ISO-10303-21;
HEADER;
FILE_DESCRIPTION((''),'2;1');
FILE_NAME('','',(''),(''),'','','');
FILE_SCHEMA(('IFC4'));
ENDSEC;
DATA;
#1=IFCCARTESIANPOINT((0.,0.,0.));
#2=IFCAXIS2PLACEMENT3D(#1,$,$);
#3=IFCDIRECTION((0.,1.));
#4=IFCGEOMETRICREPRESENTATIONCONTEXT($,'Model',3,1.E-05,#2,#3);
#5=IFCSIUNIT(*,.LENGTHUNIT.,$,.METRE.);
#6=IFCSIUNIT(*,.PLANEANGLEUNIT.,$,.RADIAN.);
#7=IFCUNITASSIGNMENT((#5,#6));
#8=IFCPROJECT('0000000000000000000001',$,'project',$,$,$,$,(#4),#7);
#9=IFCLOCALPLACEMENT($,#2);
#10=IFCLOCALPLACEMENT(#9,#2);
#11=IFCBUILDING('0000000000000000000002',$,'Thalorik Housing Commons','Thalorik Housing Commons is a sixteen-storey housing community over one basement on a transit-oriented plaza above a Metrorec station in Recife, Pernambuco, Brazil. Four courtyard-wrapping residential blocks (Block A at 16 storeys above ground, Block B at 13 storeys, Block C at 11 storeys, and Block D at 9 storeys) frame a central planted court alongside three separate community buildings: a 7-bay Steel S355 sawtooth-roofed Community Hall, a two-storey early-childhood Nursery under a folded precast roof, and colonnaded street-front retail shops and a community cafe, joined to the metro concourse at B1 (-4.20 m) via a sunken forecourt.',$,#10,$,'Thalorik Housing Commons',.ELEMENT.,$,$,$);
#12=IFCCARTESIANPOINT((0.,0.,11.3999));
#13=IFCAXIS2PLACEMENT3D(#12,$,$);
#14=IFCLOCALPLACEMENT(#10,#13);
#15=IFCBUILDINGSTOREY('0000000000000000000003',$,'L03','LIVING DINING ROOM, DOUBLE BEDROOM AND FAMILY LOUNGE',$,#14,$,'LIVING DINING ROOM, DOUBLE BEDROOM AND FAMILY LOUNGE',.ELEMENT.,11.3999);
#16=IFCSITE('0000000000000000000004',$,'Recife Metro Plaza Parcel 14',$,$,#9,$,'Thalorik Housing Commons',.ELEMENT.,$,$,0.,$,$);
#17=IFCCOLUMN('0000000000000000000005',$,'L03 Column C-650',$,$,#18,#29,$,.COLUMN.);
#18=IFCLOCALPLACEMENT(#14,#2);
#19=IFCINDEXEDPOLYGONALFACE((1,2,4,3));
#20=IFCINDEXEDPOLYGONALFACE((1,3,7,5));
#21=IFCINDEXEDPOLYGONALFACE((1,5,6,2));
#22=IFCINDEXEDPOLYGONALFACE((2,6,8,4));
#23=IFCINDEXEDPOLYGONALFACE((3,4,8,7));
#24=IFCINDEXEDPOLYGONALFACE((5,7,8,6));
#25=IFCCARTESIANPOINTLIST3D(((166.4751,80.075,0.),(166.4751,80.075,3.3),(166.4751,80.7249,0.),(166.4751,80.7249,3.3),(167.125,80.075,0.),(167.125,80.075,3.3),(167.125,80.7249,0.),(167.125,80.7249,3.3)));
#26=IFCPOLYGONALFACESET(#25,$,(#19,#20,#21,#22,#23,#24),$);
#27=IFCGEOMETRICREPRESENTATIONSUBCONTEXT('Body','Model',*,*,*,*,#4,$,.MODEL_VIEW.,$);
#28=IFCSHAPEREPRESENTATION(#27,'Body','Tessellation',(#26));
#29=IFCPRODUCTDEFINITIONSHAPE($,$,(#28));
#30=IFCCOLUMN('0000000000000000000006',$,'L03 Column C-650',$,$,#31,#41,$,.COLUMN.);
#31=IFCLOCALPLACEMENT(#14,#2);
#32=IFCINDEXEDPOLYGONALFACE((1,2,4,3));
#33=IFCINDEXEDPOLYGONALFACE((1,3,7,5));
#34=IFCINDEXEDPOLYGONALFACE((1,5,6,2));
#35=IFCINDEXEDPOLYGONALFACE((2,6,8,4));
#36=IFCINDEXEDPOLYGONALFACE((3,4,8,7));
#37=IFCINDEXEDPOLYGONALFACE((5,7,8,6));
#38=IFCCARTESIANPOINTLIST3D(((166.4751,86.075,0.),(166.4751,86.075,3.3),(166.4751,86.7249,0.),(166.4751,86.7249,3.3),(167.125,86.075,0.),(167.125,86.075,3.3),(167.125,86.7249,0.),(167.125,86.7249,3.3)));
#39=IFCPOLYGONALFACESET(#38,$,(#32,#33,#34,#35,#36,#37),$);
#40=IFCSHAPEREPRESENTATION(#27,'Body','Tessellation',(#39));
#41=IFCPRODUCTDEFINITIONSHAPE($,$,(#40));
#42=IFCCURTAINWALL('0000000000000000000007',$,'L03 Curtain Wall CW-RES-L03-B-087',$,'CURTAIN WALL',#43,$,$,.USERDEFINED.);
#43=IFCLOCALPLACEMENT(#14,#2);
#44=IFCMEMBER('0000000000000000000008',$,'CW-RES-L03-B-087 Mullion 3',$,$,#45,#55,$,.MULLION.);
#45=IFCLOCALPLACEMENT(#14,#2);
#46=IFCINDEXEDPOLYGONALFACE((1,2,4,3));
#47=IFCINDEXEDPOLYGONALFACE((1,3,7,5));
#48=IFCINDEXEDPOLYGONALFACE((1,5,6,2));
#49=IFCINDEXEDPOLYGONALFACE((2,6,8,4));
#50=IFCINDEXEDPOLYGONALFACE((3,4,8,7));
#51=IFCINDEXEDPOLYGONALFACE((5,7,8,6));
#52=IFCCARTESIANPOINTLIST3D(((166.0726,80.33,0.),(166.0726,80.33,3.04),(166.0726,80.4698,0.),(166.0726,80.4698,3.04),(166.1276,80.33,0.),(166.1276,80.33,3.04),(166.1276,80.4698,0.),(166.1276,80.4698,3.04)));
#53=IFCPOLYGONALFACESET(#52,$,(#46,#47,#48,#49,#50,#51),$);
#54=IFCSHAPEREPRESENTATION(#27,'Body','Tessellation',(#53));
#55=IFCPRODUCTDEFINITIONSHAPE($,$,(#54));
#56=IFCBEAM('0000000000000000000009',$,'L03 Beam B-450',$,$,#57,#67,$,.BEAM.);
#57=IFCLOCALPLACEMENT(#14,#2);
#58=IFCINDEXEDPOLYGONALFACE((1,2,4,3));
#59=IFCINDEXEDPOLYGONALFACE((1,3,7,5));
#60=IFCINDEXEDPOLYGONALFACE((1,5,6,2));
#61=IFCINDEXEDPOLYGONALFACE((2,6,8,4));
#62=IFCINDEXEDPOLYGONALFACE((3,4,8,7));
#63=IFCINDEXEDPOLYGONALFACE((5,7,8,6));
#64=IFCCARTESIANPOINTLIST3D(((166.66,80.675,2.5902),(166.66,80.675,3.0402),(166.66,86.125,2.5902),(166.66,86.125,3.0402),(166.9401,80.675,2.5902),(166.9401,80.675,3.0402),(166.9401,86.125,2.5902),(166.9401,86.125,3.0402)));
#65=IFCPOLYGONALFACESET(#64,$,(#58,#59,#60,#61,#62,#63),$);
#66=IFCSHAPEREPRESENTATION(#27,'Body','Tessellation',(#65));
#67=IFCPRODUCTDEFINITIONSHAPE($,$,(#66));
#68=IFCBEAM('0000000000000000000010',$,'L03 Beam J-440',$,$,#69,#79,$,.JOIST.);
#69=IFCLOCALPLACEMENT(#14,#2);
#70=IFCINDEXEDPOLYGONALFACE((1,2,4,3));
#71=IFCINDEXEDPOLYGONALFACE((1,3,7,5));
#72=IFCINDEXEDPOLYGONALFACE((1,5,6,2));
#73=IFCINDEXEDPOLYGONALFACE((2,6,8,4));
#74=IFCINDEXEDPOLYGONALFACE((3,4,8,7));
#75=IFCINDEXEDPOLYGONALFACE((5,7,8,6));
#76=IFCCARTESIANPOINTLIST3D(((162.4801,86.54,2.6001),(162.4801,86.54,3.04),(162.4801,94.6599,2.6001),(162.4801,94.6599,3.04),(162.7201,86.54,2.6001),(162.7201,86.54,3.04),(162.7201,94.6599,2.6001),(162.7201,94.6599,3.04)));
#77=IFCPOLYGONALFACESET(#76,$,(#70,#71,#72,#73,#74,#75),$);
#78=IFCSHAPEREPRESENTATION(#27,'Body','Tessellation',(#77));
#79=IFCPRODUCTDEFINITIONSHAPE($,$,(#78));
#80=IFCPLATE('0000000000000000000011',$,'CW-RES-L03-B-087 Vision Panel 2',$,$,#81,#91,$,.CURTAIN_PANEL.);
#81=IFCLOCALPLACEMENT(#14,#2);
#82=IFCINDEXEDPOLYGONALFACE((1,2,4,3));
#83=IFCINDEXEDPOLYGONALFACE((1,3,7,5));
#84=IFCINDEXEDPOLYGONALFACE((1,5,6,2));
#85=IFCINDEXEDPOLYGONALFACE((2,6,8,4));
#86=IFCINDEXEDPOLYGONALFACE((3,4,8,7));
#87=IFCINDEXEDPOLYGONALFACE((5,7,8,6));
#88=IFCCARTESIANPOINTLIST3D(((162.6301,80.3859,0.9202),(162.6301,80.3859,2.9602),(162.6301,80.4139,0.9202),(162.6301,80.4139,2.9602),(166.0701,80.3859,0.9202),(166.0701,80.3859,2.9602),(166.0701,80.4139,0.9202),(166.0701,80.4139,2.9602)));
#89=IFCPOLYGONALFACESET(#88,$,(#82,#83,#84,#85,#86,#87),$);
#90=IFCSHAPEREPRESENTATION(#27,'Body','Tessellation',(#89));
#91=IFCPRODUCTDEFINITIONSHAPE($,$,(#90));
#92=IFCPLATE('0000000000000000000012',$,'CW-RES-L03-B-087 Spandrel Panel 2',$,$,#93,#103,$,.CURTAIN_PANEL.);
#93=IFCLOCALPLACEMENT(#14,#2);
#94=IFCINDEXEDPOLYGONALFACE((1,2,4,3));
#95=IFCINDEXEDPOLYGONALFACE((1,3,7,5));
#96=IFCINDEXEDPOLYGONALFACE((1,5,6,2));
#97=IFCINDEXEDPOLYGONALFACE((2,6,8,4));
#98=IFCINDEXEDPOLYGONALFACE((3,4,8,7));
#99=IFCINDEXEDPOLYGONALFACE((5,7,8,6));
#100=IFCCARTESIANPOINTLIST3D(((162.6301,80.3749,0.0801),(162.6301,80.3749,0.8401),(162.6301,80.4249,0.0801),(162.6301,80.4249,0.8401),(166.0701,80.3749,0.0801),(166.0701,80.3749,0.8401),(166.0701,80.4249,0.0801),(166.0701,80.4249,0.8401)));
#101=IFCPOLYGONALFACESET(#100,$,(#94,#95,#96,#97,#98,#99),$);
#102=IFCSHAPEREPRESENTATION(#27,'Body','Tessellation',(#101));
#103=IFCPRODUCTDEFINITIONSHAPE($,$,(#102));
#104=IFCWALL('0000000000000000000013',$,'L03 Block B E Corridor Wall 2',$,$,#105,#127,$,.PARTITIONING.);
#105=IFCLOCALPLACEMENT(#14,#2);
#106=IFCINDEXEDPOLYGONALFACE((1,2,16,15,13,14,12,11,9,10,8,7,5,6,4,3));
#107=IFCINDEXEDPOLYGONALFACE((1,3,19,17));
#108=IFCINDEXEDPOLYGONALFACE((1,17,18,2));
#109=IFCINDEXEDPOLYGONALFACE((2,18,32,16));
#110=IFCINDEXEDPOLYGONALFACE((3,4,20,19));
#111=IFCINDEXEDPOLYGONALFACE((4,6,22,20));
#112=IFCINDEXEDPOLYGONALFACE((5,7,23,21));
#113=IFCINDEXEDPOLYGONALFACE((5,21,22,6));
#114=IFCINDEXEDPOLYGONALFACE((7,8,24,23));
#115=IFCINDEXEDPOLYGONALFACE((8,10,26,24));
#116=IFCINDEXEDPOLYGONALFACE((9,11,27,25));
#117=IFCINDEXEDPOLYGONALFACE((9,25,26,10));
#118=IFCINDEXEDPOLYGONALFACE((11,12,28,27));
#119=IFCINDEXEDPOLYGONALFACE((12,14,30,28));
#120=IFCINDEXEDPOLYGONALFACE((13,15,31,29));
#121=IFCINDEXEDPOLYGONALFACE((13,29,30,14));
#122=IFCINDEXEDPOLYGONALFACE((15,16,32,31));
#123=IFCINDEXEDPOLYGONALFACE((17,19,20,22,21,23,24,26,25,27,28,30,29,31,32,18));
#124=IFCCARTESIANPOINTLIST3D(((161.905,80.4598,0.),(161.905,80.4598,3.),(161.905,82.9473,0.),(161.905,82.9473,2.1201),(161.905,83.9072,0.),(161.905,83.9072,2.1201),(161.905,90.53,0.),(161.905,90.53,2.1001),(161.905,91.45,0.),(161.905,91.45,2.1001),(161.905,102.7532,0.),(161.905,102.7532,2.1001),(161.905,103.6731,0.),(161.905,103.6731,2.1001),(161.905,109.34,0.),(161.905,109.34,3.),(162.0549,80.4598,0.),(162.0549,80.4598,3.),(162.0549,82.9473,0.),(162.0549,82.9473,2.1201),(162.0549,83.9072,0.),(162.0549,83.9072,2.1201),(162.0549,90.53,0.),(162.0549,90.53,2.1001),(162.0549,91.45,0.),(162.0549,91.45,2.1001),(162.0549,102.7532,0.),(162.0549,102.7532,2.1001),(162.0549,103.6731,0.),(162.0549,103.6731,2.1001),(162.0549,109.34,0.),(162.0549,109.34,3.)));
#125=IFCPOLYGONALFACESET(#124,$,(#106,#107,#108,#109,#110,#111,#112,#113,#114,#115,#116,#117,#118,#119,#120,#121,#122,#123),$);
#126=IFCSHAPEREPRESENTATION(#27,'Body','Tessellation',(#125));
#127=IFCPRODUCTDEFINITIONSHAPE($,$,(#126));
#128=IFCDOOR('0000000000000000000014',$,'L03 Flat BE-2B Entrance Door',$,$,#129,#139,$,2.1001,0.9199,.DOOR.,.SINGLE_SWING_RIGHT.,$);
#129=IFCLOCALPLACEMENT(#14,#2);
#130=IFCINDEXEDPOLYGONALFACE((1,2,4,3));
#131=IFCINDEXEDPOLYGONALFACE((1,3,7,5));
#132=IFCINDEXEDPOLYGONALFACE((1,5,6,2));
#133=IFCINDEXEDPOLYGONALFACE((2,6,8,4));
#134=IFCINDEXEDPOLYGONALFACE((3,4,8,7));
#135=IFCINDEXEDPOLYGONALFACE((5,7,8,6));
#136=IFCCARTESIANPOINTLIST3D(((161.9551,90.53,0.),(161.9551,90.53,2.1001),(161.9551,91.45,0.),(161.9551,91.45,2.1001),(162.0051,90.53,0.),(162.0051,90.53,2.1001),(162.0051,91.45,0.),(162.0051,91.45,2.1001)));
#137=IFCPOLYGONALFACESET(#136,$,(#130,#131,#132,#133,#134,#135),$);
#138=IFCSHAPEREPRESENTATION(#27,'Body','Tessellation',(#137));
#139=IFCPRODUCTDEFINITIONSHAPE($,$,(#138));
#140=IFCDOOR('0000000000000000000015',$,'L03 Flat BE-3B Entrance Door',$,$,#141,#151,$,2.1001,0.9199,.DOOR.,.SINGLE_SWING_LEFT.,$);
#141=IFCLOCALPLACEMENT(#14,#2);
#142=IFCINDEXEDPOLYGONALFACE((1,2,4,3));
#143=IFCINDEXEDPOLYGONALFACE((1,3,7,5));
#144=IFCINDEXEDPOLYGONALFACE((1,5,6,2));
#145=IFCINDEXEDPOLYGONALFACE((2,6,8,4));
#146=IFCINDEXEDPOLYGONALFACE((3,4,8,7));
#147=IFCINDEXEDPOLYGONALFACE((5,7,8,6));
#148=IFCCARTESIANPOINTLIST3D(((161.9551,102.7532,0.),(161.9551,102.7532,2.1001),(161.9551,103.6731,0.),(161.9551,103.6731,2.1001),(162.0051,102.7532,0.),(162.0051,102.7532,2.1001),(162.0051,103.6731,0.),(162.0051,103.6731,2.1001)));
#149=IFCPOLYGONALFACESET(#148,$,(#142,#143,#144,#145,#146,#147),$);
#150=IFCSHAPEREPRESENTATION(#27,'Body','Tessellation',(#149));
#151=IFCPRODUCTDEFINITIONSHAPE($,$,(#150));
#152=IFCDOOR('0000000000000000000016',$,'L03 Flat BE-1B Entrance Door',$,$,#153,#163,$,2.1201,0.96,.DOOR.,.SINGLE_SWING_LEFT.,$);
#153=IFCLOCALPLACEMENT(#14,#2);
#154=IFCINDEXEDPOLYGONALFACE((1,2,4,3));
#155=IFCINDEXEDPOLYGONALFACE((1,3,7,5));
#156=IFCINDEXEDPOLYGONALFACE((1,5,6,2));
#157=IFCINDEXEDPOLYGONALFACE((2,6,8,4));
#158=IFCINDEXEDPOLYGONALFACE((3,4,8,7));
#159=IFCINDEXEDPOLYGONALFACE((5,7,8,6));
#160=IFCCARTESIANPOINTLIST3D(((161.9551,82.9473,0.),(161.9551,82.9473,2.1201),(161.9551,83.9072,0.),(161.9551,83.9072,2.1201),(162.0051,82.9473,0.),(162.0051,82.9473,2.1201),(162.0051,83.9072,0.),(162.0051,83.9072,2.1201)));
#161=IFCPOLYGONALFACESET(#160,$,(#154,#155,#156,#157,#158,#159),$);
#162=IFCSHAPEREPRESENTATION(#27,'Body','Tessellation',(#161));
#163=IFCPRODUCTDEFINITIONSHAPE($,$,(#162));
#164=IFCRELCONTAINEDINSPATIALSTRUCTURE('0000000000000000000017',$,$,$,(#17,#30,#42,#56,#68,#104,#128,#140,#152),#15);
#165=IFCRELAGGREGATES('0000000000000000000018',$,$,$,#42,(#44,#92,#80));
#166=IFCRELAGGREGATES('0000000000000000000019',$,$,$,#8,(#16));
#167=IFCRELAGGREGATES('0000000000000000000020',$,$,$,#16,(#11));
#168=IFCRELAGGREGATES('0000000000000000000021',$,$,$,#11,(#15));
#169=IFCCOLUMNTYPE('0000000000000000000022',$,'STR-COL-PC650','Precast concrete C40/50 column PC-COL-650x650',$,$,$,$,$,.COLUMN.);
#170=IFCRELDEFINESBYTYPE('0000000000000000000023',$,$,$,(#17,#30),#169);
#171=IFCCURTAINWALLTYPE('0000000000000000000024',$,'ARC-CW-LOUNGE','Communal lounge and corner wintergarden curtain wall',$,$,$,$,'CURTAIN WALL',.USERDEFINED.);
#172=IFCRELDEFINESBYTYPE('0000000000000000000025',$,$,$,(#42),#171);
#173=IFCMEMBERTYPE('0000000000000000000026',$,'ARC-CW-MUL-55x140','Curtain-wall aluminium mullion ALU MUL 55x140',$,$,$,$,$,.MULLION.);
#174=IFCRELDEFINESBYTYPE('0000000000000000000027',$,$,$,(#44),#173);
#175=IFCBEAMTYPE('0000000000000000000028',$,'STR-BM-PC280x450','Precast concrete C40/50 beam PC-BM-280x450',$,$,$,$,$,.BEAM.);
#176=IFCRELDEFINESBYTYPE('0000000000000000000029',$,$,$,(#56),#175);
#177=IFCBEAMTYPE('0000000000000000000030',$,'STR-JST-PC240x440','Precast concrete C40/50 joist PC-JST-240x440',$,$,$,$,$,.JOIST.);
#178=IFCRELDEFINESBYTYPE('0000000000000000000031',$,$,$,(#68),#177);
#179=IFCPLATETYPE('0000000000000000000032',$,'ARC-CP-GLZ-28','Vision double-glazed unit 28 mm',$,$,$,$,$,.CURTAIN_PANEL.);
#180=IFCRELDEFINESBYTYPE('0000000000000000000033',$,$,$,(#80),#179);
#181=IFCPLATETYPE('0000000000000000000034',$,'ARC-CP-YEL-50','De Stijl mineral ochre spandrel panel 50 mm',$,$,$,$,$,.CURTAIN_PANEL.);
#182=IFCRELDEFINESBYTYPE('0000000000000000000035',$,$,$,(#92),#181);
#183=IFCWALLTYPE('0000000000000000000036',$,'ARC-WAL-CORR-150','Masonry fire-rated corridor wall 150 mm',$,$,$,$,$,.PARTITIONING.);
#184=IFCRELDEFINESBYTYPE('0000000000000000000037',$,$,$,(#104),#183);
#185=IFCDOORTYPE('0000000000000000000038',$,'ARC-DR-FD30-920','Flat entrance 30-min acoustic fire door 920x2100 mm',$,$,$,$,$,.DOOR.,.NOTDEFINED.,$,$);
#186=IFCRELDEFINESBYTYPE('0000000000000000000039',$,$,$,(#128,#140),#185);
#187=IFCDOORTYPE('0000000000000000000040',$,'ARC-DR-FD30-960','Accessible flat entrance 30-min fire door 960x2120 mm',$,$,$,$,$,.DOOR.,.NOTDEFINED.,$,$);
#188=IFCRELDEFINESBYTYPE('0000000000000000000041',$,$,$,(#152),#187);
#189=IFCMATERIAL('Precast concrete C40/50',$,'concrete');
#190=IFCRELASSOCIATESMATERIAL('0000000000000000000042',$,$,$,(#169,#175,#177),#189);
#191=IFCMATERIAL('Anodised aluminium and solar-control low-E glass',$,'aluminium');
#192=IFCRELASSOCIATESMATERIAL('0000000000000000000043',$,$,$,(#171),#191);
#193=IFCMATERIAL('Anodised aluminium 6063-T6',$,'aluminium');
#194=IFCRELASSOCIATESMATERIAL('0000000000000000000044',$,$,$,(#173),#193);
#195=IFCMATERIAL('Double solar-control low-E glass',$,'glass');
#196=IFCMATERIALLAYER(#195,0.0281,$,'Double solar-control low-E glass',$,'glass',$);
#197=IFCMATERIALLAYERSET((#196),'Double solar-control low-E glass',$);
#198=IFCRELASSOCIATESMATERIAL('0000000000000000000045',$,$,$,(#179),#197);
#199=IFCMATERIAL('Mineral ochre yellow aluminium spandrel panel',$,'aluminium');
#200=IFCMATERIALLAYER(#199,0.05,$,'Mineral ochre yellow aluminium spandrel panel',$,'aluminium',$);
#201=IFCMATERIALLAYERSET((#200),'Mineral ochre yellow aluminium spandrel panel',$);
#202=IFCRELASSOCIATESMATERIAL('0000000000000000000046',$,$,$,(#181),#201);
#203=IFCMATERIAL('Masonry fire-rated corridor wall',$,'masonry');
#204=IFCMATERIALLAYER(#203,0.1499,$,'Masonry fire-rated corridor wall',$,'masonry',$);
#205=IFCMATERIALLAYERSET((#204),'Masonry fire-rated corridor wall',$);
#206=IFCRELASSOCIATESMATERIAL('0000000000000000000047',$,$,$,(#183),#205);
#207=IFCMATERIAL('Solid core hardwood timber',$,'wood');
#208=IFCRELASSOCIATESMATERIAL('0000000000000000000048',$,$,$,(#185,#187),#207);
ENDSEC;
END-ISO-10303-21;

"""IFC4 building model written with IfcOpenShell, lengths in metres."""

from ifc_helpers import new_model, si_unit, direction, frame, frame_2d, origin, origin_2d, place, context, subcontext, project, spatial, rectangle, extrude, material, layer, layer_set, material_profile, profile_set, type_object, element, fill, aggregate, save


model = new_model("IFC4")

# Units and contexts
model_context = context("Model", 3, precision=1e-05, world=origin(), true_north=direction((0.0, 1.0)))
body_context = subcontext(model_context, "Body", "Model", "MODEL_VIEW")
ifc_project = project(units=[si_unit("LENGTHUNIT", "METRE"), si_unit("PLANEANGLEUNIT", "RADIAN")], contexts=[model_context])

# Site, building, storey
site_placement = place(None, origin())
site = spatial("IfcSite", under=ifc_project, at=site_placement, Name="Recife Metro Plaza Parcel 14", LongName="Thalorik Housing Commons", CompositionType="ELEMENT", RefElevation=0.0)
building_placement = place(site_placement, origin())
building = spatial("IfcBuilding", under=site, at=building_placement, Name="Thalorik Housing Commons", Description="Thalorik Housing Commons is a sixteen-storey housing community over one basement on a transit-oriented plaza above a Metrorec station in Recife, Pernambuco, Brazil. Four courtyard-wrapping residential blocks (Block A at 16 storeys above ground, Block B at 13 storeys, Block C at 11 storeys, and Block D at 9 storeys) frame a central planted court alongside three separate community buildings: a 7-bay Steel S355 sawtooth-roofed Community Hall, a two-storey early-childhood Nursery under a folded precast roof, and colonnaded street-front retail shops and a community cafe, joined to the metro concourse at B1 (-4.20 m) via a sunken forecourt.", LongName="Thalorik Housing Commons", CompositionType="ELEMENT")
storey_placement = place(building_placement, frame((0.0, 0.0, 11.3999)))
storey = spatial("IfcBuildingStorey", under=building, at=storey_placement, Name="L03", Description="LIVING DINING ROOM, DOUBLE BEDROOM AND FAMILY LOUNGE", LongName="LIVING DINING ROOM, DOUBLE BEDROOM AND FAMILY LOUNGE", CompositionType="ELEMENT", Elevation=11.3999)

# Columns
ifc_material_1 = material(Name="Precast concrete C40/50", Category="concrete")
ifc_material_profile_1 = material_profile(ifc_material_1, rectangle(XDim=0.6499, YDim=0.6499, at=origin_2d()), Name="PC 650x650", Category="concrete")
ifc_profile_set_1 = profile_set([ifc_material_profile_1], Name="Precast concrete C40/50")
column_type = type_object("IfcColumnType", Name="STR-COL-PC650", Description="Precast concrete C40/50 column PC-COL-650x650", PredefinedType="COLUMN", material=ifc_profile_set_1)
for number, where, z_axis, x_axis, name in (
    (1, (166.8, 80.3999, 0.0), (0.0, 0.0, 1.0), (1.0, 0.0, 0.0), "L03 Column C-650"),
    (2, (166.8, 86.3999, 0.0), (0.0, 0.0, 1.0), (1.0, 0.0, 0.0), "L03 Column C-650"),
):
    element("IfcColumn", number, at=place(storey_placement, frame(where, z_axis=z_axis, x_axis=x_axis)), inside=storey, type_object=column_type, Name=name, PredefinedType="COLUMN", context=body_context, shape_type="SweptSolid", body=[
        extrude(rectangle(XDim=0.6499, YDim=0.6499, at=origin_2d()), origin(), (0.0, 0.0, 1.0), 3.3),
    ])

# Curtain wall, member
ifc_material_2 = material(Name="Anodised aluminium and solar-control low-E glass", Category="aluminium")
curtain_wall_type = type_object("IfcCurtainWallType", Name="ARC-CW-LOUNGE", Description="Communal lounge and corner wintergarden curtain wall", ElementType="CURTAIN WALL", PredefinedType="USERDEFINED", material=ifc_material_2)
curtain_wall_placement = place(storey_placement, origin())
curtain_wall = element("IfcCurtainWall", 3, at=curtain_wall_placement, inside=storey, type_object=curtain_wall_type, Name="L03 Curtain Wall CW-RES-L03-B-087", ObjectType="CURTAIN WALL", PredefinedType="USERDEFINED")
ifc_material_3 = material(Name="Anodised aluminium 6063-T6", Category="aluminium")
ifc_material_profile_2 = material_profile(ifc_material_3, rectangle(XDim=0.0549, YDim=0.1399, at=origin_2d()), Name="ALU MUL 55x140", Category="aluminium")
ifc_profile_set_2 = profile_set([ifc_material_profile_2], Name="Anodised aluminium 6063-T6")
member_type = type_object("IfcMemberType", Name="ARC-CW-MUL-55x140", Description="Curtain-wall aluminium mullion ALU MUL 55x140", PredefinedType="MULLION", material=ifc_profile_set_2)
member_placement = place(storey_placement, frame((166.1001, 80.3999, 0.0), z_axis=(0.0, 0.0, 1.0), x_axis=(1.0, 0.0, 0.0)))
member = element("IfcMember", 4, at=member_placement, type_object=member_type, Name="CW-RES-L03-B-087 Mullion 3", PredefinedType="MULLION", context=body_context, shape_type="SweptSolid", body=[
    extrude(rectangle(XDim=0.0549, YDim=0.1399, at=origin_2d()), origin(), (0.0, 0.0, 1.0), 3.04),
])

# Beams
ifc_material_profile_3 = material_profile(ifc_material_1, rectangle(XDim=0.28, YDim=0.45, at=origin_2d()), Name="PC 280x450", Category="concrete")
ifc_profile_set_3 = profile_set([ifc_material_profile_3], Name="Precast concrete C40/50")
beam_type_1 = type_object("IfcBeamType", Name="STR-BM-PC280x450", Description="Precast concrete C40/50 beam PC-BM-280x450", PredefinedType="BEAM", material=ifc_profile_set_3)
beam_1_placement = place(storey_placement, frame((166.8, 80.675, 2.8152), z_axis=(0.0, 1.0, 0.0), x_axis=(-1.0, 0.0, 0.0)))
element("IfcBeam", 5, at=beam_1_placement, inside=storey, type_object=beam_type_1, Name="L03 Beam B-450", PredefinedType="BEAM", context=body_context, shape_type="SweptSolid", body=[
    extrude(rectangle(XDim=0.28, YDim=0.45, at=origin_2d()), origin(), (0.0, 0.0, 1.0), 5.45),
])
ifc_material_profile_4 = material_profile(ifc_material_1, rectangle(XDim=0.24, YDim=0.4399, at=origin_2d()), Name="PC JST 240x440", Category="concrete")
ifc_profile_set_4 = profile_set([ifc_material_profile_4], Name="Precast concrete C40/50")
beam_type_2 = type_object("IfcBeamType", Name="STR-JST-PC240x440", Description="Precast concrete C40/50 joist PC-JST-240x440", PredefinedType="JOIST", material=ifc_profile_set_4)
beam_2_placement = place(storey_placement, frame((162.6001, 86.54, 2.8201), z_axis=(0.0, 1.0, 0.0), x_axis=(-1.0, 0.0, 0.0)))
element("IfcBeam", 6, at=beam_2_placement, inside=storey, type_object=beam_type_2, Name="L03 Beam J-440", PredefinedType="JOIST", context=body_context, shape_type="SweptSolid", body=[
    extrude(rectangle(XDim=0.24, YDim=0.4399, at=origin_2d()), origin(), (0.0, 0.0, 1.0), 8.1199),
])

# Plates
ifc_material_4 = material(Name="Double solar-control low-E glass", Category="glass")
ifc_layer_1 = layer(ifc_material_4, 0.0281, Name="Double solar-control low-E glass", Category="glass")
ifc_layer_set_1 = layer_set([ifc_layer_1], Name="Double solar-control low-E glass")
plate_type_1 = type_object("IfcPlateType", Name="ARC-CP-GLZ-28", Description="Vision double-glazed unit 28 mm", PredefinedType="CURTAIN_PANEL", material=ifc_layer_set_1)
plate_1_placement = place(storey_placement, frame((164.3501, 80.3999, 0.9202), z_axis=(0.0, 0.0, 1.0), x_axis=(1.0, 0.0, 0.0)))
plate_1 = element("IfcPlate", 7, at=plate_1_placement, type_object=plate_type_1, Name="CW-RES-L03-B-087 Vision Panel 2", PredefinedType="CURTAIN_PANEL", context=body_context, shape_type="SweptSolid", body=[
    extrude(rectangle(XDim=3.4399, YDim=0.0281, at=origin_2d()), origin(), (0.0, 0.0, 1.0), 2.04),
])
ifc_material_5 = material(Name="Mineral ochre yellow aluminium spandrel panel", Category="aluminium")
ifc_layer_2 = layer(ifc_material_5, 0.05, Name="Mineral ochre yellow aluminium spandrel panel", Category="aluminium")
ifc_layer_set_2 = layer_set([ifc_layer_2], Name="Mineral ochre yellow aluminium spandrel panel")
plate_type_2 = type_object("IfcPlateType", Name="ARC-CP-YEL-50", Description="De Stijl mineral ochre spandrel panel 50 mm", PredefinedType="CURTAIN_PANEL", material=ifc_layer_set_2)
plate_2_placement = place(storey_placement, frame((164.3501, 80.3999, 0.0801), z_axis=(0.0, 0.0, 1.0), x_axis=(1.0, 0.0, 0.0)))
plate_2 = element("IfcPlate", 8, at=plate_2_placement, type_object=plate_type_2, Name="CW-RES-L03-B-087 Spandrel Panel 2", PredefinedType="CURTAIN_PANEL", context=body_context, shape_type="SweptSolid", body=[
    extrude(rectangle(XDim=3.4399, YDim=0.05, at=origin_2d()), origin(), (0.0, 0.0, 1.0), 0.76),
])
aggregate(curtain_wall, [member, plate_2, plate_1])

# Wall, openings, doors
ifc_material_6 = material(Name="Masonry fire-rated corridor wall", Category="masonry")
ifc_layer_3 = layer(ifc_material_6, 0.1499, Name="Masonry fire-rated corridor wall", Category="masonry")
ifc_layer_set_3 = layer_set([ifc_layer_3], Name="Masonry fire-rated corridor wall")
wall_type_1 = type_object("IfcWallType", Name="ARC-WAL-CORR-150", Description="Masonry fire-rated corridor wall 150 mm", PredefinedType="PARTITIONING", material=ifc_layer_set_3)
wall_1_placement = place(storey_placement, frame((161.98, 80.46, 0.0), z_axis=(0.0, 0.0, 1.0), x_axis=(0.0, 1.0, 0.0)))
wall_1 = element("IfcWall", 9, at=wall_1_placement, inside=storey, type_object=wall_type_1, Name="L03 Block B E Corridor Wall 2", PredefinedType="PARTITIONING", context=body_context, shape_type="SweptSolid", body=[
    extrude(rectangle(XDim=28.8801, YDim=0.1499, at=frame_2d((14.4399, 0.0))), origin(), (0.0, 0.0, 1.0), 3.0),
])
opening_1_placement = place(wall_1_placement, frame((2.4873, 0.0, 0.0)))
opening_1 = element("IfcOpeningElement", 10, at=opening_1_placement, cuts=wall_1, PredefinedType="OPENING", context=body_context, shape_type="SweptSolid", body=[
    extrude(rectangle(XDim=0.96, YDim=2.1201, at=frame_2d((0.48, 1.0601))), frame((0.0, 0.085, 0.0), z_axis=(0.0, -1.0, 0.0), x_axis=(1.0, 0.0, 0.0)), (0.0, 0.0, 1.0), 0.1699),
])
opening_2_placement = place(wall_1_placement, frame((10.0701, 0.0, 0.0)))
opening_2 = element("IfcOpeningElement", 11, at=opening_2_placement, cuts=wall_1, PredefinedType="OPENING", context=body_context, shape_type="SweptSolid", body=[
    extrude(rectangle(XDim=0.9199, YDim=2.1001, at=frame_2d((0.46, 1.05))), frame((0.0, 0.085, 0.0), z_axis=(0.0, -1.0, 0.0), x_axis=(1.0, 0.0, 0.0)), (0.0, 0.0, 1.0), 0.1699),
])
opening_3_placement = place(wall_1_placement, frame((22.2932, 0.0, 0.0)))
opening_3 = element("IfcOpeningElement", 12, at=opening_3_placement, cuts=wall_1, PredefinedType="OPENING", context=body_context, shape_type="SweptSolid", body=[
    extrude(rectangle(XDim=0.9199, YDim=2.1001, at=frame_2d((0.46, 1.05))), frame((0.0, 0.085, 0.0), z_axis=(0.0, -1.0, 0.0), x_axis=(1.0, 0.0, 0.0)), (0.0, 0.0, 1.0), 0.1699),
])
ifc_material_7 = material(Name="Solid core hardwood timber", Category="wood")
door_type_1 = type_object("IfcDoorType", Name="ARC-DR-FD30-920", Description="Flat entrance 30-min acoustic fire door 920x2100 mm", OperationType="NOTDEFINED", PredefinedType="DOOR", material=ifc_material_7)
door_1_placement = place(opening_2_placement, origin())
door_1 = element("IfcDoor", 13, at=door_1_placement, inside=storey, type_object=door_type_1, Name="L03 Flat BE-2B Entrance Door", OperationType="SINGLE_SWING_RIGHT", OverallHeight=2.1001, OverallWidth=0.9199, PredefinedType="DOOR", context=body_context, shape_type="SweptSolid", body=[
    extrude(rectangle(XDim=0.9199, YDim=2.1001, at=frame_2d((0.46, 1.05))), frame((0.0, 0.0249, 0.0), z_axis=(0.0, -1.0, 0.0), x_axis=(1.0, 0.0, 0.0)), (0.0, 0.0, 1.0), 0.05),
])
fill(opening_2, door_1)
door_2_placement = place(opening_3_placement, origin())
door_2 = element("IfcDoor", 14, at=door_2_placement, inside=storey, type_object=door_type_1, Name="L03 Flat BE-3B Entrance Door", OperationType="SINGLE_SWING_LEFT", OverallHeight=2.1001, OverallWidth=0.9199, PredefinedType="DOOR", context=body_context, shape_type="SweptSolid", body=[
    extrude(rectangle(XDim=0.9199, YDim=2.1001, at=frame_2d((0.46, 1.05))), frame((0.0, 0.0249, 0.0), z_axis=(0.0, -1.0, 0.0), x_axis=(1.0, 0.0, 0.0)), (0.0, 0.0, 1.0), 0.05),
])
fill(opening_3, door_2)
door_type_2 = type_object("IfcDoorType", Name="ARC-DR-FD30-960", Description="Accessible flat entrance 30-min fire door 960x2120 mm", OperationType="NOTDEFINED", PredefinedType="DOOR", material=ifc_material_7)
door_3_placement = place(opening_1_placement, origin())
door_3 = element("IfcDoor", 15, at=door_3_placement, inside=storey, type_object=door_type_2, Name="L03 Flat BE-1B Entrance Door", OperationType="SINGLE_SWING_LEFT", OverallHeight=2.1201, OverallWidth=0.96, PredefinedType="DOOR", context=body_context, shape_type="SweptSolid", body=[
    extrude(rectangle(XDim=0.96, YDim=2.1201, at=frame_2d((0.48, 1.0601))), frame((0.0, 0.0249, 0.0), z_axis=(0.0, -1.0, 0.0), x_axis=(1.0, 0.0, 0.0)), (0.0, 0.0, 1.0), 0.05),
])
fill(opening_1, door_3)

save(model, "model.ifc")
